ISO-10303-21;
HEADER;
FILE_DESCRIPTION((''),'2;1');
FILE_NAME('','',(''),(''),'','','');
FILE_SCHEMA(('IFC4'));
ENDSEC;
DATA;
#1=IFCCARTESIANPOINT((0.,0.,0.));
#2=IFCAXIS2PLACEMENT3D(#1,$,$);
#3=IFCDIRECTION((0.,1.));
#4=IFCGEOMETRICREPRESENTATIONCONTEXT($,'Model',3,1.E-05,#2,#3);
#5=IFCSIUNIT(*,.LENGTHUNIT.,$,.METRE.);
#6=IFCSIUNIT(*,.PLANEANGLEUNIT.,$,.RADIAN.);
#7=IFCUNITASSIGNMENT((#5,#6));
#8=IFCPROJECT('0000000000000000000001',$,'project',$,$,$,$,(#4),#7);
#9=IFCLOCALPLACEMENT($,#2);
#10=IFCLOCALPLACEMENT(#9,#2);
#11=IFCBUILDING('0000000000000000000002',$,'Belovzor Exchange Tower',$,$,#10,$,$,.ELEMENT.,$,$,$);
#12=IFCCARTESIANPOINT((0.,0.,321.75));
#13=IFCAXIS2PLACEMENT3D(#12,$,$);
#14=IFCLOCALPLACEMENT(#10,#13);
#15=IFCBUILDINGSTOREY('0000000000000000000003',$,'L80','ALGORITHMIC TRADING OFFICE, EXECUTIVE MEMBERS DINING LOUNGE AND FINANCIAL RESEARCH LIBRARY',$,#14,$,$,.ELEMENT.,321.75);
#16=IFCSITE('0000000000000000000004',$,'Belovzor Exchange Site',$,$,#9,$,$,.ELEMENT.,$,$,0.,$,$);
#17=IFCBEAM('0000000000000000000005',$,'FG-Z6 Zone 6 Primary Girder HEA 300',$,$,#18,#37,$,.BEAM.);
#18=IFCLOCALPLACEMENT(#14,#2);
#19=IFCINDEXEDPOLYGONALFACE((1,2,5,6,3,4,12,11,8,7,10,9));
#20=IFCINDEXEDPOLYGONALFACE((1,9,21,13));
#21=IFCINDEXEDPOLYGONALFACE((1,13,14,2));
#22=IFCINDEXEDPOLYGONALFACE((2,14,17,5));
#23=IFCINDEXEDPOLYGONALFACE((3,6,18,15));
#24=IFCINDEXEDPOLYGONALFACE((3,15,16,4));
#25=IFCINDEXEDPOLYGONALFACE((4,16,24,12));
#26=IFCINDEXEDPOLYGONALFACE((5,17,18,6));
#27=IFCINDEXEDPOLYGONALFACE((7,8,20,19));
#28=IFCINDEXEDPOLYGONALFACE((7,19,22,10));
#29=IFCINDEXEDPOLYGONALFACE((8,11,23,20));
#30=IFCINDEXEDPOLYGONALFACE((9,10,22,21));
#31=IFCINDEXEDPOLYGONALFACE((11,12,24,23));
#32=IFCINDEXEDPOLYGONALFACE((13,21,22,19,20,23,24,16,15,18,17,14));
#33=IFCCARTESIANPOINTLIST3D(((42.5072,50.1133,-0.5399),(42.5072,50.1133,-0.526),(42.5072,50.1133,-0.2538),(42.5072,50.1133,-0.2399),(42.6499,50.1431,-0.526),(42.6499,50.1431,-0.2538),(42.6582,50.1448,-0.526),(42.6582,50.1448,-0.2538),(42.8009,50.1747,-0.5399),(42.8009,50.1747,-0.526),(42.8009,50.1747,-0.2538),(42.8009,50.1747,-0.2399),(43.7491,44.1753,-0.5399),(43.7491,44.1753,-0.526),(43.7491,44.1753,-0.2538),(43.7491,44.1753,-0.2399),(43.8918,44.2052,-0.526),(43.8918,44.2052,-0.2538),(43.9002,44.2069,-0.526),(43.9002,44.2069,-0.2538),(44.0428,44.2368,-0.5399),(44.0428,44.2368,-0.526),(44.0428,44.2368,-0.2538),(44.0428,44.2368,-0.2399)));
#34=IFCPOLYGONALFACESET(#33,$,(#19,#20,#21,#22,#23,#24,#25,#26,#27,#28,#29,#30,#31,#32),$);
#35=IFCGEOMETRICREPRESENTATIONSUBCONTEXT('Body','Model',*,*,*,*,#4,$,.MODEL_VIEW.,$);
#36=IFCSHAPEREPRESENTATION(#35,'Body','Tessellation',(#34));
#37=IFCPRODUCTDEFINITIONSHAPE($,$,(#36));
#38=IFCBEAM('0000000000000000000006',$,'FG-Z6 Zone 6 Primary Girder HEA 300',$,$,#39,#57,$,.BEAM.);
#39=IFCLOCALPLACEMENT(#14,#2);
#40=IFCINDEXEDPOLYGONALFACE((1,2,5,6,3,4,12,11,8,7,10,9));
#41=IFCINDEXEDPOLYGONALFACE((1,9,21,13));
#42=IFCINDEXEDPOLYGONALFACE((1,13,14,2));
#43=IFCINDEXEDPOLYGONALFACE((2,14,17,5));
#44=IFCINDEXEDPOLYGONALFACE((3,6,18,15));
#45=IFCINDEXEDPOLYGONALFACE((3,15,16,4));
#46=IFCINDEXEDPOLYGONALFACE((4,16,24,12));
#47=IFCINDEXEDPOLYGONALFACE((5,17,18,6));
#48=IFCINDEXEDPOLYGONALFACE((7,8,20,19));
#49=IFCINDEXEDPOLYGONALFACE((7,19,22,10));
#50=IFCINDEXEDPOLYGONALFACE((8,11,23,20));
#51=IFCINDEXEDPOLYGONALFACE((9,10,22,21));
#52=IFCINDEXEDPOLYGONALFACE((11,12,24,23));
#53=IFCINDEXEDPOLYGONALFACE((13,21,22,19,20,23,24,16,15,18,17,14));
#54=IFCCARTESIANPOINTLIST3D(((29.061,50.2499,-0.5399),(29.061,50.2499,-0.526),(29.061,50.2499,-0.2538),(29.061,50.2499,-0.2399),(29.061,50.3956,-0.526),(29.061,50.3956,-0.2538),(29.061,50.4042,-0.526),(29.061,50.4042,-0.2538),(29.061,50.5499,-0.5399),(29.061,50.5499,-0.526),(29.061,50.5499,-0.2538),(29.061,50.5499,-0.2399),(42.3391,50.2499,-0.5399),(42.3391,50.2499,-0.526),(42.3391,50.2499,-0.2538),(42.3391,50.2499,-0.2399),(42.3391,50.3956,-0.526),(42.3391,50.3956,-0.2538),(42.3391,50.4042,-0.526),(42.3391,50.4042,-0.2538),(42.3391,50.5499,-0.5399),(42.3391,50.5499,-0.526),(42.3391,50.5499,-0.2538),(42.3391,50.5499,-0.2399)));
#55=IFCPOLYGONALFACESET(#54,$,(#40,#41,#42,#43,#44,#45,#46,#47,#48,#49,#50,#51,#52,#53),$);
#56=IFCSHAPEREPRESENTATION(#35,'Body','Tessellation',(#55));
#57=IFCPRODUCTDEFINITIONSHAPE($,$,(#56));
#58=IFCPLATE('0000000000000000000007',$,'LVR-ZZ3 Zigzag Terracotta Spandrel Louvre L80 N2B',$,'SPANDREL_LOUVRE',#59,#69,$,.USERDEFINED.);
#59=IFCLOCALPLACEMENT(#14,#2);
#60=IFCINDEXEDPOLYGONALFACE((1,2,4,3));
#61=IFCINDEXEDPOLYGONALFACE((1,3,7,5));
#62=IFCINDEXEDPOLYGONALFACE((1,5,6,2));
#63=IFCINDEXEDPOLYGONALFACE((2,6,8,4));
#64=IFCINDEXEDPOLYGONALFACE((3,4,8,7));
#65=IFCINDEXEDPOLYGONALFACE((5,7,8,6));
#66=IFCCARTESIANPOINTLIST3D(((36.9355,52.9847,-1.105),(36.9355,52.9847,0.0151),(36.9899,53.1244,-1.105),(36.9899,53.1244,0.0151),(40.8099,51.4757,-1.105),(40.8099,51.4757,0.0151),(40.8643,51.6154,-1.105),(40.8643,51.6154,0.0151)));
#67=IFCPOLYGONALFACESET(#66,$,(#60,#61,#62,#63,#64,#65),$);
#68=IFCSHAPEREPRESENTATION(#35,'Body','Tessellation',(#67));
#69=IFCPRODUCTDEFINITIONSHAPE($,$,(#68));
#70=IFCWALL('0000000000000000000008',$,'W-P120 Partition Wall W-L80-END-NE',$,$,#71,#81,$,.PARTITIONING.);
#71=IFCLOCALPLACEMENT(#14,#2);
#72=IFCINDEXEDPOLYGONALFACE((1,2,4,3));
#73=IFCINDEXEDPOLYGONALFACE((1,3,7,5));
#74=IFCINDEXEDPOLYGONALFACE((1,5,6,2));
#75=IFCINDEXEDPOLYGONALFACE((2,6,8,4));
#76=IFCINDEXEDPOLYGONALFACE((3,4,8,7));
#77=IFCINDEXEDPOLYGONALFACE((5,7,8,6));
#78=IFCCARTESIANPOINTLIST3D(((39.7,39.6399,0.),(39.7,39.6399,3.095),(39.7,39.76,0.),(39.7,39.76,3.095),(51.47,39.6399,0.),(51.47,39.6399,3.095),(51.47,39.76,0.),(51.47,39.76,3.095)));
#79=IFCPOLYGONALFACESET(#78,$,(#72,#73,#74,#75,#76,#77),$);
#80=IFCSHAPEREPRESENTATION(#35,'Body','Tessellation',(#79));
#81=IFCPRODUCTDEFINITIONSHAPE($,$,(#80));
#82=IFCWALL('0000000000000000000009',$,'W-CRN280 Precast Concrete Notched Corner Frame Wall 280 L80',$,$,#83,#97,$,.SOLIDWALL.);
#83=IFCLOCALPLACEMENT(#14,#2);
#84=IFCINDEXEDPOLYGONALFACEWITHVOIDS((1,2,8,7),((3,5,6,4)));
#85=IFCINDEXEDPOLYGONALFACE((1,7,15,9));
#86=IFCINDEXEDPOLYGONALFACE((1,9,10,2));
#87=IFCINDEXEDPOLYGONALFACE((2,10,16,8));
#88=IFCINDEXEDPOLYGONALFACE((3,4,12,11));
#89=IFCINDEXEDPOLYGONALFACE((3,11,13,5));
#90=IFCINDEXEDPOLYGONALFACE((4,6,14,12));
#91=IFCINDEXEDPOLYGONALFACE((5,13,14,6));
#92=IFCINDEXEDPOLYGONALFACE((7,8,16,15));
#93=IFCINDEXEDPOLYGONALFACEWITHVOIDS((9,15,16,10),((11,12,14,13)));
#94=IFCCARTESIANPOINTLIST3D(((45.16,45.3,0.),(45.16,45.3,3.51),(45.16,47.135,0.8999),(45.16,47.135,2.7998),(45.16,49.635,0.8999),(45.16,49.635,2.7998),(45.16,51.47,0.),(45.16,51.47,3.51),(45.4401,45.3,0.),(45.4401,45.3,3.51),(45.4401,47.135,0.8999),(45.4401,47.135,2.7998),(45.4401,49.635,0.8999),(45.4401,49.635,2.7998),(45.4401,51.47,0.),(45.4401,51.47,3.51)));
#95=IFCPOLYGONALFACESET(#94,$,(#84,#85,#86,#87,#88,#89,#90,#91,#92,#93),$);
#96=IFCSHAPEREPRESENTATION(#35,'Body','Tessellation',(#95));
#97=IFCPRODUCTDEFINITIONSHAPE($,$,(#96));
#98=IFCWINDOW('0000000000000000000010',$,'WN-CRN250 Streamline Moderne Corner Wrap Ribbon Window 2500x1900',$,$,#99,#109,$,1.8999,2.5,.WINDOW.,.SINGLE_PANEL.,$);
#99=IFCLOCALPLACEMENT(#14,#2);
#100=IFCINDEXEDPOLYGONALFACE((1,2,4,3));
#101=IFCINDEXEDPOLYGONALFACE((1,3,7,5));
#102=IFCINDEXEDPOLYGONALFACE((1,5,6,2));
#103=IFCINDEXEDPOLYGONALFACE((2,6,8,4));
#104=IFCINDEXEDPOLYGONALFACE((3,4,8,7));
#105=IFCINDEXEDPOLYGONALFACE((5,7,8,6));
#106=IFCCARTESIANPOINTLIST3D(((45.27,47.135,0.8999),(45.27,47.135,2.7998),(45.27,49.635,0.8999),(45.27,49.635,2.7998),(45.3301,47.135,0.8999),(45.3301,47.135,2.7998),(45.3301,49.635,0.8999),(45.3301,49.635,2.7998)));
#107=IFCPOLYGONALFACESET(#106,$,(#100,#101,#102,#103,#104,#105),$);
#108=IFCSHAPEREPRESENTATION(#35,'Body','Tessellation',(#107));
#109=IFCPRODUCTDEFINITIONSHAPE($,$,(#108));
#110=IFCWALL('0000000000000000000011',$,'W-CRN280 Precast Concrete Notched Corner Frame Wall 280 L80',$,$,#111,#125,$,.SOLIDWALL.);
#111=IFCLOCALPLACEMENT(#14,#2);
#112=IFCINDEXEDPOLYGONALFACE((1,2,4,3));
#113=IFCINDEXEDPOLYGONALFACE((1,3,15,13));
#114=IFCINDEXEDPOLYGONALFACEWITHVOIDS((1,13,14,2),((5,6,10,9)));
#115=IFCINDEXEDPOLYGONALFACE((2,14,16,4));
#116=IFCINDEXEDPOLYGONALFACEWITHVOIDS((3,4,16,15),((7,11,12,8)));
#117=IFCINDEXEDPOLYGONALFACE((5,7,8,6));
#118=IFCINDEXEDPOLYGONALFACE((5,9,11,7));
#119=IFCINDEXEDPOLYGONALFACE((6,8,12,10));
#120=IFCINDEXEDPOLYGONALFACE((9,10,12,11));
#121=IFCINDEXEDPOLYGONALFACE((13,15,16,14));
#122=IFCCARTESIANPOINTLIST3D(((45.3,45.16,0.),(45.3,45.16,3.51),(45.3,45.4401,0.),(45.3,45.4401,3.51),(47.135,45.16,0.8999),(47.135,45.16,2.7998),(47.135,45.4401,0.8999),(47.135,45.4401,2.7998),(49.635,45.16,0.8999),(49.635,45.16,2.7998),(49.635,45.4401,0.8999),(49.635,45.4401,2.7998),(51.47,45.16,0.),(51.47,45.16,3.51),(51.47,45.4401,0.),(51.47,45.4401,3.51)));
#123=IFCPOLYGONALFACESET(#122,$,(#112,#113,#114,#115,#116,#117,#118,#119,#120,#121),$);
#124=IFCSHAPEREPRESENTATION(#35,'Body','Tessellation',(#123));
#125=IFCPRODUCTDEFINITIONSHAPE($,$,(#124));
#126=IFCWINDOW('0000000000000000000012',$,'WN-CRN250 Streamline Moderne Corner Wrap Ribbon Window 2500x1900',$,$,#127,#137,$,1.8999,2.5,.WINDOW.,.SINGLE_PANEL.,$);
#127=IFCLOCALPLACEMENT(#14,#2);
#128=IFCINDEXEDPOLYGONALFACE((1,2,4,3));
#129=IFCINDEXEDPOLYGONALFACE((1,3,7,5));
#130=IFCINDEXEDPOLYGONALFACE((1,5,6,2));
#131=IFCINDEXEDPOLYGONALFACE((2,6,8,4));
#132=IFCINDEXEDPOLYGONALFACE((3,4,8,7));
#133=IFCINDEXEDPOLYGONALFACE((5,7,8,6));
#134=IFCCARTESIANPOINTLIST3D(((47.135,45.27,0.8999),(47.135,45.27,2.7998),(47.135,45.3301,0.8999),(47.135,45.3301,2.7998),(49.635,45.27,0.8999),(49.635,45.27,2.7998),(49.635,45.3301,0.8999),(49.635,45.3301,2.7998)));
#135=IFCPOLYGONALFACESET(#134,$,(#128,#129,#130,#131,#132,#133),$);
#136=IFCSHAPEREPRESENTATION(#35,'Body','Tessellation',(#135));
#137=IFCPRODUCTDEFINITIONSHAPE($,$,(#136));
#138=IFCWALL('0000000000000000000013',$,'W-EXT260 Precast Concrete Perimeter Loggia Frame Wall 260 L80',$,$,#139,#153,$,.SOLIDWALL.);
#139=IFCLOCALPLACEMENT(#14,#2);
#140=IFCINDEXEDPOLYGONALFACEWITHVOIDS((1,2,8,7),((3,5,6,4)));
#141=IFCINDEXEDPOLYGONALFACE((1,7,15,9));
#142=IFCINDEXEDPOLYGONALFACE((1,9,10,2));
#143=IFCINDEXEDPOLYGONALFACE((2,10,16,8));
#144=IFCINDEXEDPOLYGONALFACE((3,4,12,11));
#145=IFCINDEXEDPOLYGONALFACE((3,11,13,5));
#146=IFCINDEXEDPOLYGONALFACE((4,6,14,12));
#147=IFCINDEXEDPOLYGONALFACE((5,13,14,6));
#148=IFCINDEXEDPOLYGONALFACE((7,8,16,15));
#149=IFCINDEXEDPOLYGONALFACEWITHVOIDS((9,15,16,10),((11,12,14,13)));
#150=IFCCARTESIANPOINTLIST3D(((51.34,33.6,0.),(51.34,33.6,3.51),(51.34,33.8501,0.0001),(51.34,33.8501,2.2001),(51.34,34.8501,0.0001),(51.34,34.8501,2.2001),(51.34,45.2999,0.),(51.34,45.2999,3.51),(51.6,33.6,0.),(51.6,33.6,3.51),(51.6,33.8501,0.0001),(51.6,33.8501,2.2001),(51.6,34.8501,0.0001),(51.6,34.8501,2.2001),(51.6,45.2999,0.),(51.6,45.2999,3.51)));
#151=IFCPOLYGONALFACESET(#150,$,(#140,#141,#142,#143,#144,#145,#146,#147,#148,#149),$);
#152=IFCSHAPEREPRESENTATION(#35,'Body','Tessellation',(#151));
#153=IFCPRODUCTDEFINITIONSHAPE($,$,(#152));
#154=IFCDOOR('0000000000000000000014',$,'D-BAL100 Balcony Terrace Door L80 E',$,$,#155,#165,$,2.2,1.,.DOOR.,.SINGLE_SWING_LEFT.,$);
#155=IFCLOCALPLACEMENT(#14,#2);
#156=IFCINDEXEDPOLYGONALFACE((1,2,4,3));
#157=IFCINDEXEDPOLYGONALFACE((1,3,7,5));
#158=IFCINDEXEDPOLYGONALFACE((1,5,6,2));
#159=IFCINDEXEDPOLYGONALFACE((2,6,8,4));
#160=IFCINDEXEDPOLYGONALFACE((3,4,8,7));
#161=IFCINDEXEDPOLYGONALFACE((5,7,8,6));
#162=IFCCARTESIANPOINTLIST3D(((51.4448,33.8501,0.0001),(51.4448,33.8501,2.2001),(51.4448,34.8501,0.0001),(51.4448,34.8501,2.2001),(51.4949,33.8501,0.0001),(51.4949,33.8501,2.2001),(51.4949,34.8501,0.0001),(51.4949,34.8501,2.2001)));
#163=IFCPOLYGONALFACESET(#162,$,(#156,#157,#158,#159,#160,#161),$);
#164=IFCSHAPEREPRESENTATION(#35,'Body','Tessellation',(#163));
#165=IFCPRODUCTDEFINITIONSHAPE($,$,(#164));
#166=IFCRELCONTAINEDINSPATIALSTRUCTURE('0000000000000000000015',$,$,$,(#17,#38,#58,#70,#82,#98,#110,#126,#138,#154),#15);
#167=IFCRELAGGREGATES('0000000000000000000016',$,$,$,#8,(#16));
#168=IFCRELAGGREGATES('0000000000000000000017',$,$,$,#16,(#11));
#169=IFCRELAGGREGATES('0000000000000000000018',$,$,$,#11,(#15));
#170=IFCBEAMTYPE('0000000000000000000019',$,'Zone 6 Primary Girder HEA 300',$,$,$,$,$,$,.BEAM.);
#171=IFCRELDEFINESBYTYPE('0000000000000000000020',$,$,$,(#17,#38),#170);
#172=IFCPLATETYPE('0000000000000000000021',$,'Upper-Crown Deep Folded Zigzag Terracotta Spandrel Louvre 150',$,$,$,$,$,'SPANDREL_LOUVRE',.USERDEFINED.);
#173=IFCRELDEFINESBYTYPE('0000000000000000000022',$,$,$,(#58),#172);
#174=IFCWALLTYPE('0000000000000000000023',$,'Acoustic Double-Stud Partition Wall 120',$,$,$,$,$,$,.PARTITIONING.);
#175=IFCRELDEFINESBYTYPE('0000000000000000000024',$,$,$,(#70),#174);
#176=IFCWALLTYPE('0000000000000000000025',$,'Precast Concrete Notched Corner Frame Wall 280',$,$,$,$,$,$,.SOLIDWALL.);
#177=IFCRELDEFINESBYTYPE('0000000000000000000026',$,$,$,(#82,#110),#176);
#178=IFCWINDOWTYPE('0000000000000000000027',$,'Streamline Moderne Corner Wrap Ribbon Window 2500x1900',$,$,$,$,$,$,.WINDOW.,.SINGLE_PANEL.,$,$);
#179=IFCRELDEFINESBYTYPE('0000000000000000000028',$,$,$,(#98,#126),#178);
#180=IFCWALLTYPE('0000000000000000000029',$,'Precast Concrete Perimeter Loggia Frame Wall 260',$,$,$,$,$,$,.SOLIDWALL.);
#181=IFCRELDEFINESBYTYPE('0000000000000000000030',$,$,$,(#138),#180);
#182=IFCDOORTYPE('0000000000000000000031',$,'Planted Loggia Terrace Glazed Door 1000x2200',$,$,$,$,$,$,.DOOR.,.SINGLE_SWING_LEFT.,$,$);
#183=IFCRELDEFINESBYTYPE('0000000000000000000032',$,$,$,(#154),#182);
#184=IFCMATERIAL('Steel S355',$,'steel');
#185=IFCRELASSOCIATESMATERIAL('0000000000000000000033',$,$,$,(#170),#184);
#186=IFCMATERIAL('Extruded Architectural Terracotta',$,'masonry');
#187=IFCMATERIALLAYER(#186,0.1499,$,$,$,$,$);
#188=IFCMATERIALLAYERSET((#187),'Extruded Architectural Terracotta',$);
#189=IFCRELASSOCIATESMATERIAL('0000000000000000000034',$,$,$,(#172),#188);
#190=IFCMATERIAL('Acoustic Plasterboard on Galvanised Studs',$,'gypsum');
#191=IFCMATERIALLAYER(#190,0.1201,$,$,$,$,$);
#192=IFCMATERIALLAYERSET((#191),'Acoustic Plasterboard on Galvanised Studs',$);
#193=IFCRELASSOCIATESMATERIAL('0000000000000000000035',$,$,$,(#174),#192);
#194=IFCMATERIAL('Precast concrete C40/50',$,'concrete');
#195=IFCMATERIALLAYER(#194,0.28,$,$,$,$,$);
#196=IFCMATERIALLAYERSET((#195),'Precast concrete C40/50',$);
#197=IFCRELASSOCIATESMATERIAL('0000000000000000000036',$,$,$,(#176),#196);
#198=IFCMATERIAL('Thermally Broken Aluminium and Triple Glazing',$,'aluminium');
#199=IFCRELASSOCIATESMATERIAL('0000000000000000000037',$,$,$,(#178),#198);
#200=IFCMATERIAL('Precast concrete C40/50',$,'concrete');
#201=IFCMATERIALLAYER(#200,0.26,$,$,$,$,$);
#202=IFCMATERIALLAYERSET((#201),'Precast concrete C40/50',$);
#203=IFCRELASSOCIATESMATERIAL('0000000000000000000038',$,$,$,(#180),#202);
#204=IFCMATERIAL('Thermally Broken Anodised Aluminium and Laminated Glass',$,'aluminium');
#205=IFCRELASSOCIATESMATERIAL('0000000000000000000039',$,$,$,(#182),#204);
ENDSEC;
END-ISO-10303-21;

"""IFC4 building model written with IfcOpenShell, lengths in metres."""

from ifc_helpers import new_model, si_unit, direction, frame, frame_2d, origin, origin_2d, place, context, subcontext, project, spatial, rectangle, i_section, extrude, material, layer, layer_set, material_profile, profile_set, type_object, element, fill, save


model = new_model("IFC4")

# Units and contexts
model_context = context("Model", 3, precision=1e-05, world=origin(), true_north=direction((0.0, 1.0)))
body_context = subcontext(model_context, "Body", "Model", "MODEL_VIEW")
ifc_project = project(units=[si_unit("LENGTHUNIT", "METRE"), si_unit("PLANEANGLEUNIT", "RADIAN")], contexts=[model_context])

# Site, building, storey
site_placement = place(None, origin())
site = spatial("IfcSite", under=ifc_project, at=site_placement, Name="Belovzor Exchange Site", CompositionType="ELEMENT", RefElevation=0.0)
building_placement = place(site_placement, origin())
building = spatial("IfcBuilding", under=site, at=building_placement, Name="Belovzor Exchange Tower", CompositionType="ELEMENT")
storey_placement = place(building_placement, frame((0.0, 0.0, 321.75)))
storey = spatial("IfcBuildingStorey", under=building, at=storey_placement, Name="L80", Description="ALGORITHMIC TRADING OFFICE, EXECUTIVE MEMBERS DINING LOUNGE AND FINANCIAL RESEARCH LIBRARY", CompositionType="ELEMENT", Elevation=321.75)

# Beams
ifc_material_1 = material(Name="Steel S355", Category="steel")
ifc_material_profile_1 = material_profile(ifc_material_1, i_section(OverallWidth=0.3, OverallDepth=0.3, WebThickness=0.0085, FlangeThickness=0.0139, at=origin_2d()))
ifc_profile_set_1 = profile_set([ifc_material_profile_1], Name="Steel S355")
beam_type_1 = type_object("IfcBeamType", Name="Zone 6 Primary Girder HEA 300", PredefinedType="BEAM", material=ifc_profile_set_1)
for number, where, z_axis, x_axis, name in (
    (1, (43.896, 44.2061, -0.3899), (-0.204722, 0.97882, 0.0), (-0.97882, -0.204722, 0.0), "FG-Z6 Zone 6 Primary Girder HEA 300"),
):
    element("IfcBeam", number, at=place(storey_placement, frame(where, z_axis=z_axis, x_axis=x_axis)), inside=storey, type_object=beam_type_1, Name=name, PredefinedType="BEAM", context=body_context, shape_type="SweptSolid", body=[
        extrude(i_section(OverallWidth=0.3, OverallDepth=0.3, WebThickness=0.0085, FlangeThickness=0.0139, at=origin_2d()), origin(), (0.0, 0.0, 1.0), 6.0664),
    ])
beam_1_placement = place(storey_placement, frame((42.3391, 50.3999, -0.3899), z_axis=(-1.0, 0.0, 0.0), x_axis=(0.0, -1.0, 0.0)))
element("IfcBeam", 2, at=beam_1_placement, inside=storey, type_object=beam_type_1, Name="FG-Z6 Zone 6 Primary Girder HEA 300", PredefinedType="BEAM", context=body_context, shape_type="SweptSolid", body=[
    extrude(i_section(OverallWidth=0.3, OverallDepth=0.3, WebThickness=0.0085, FlangeThickness=0.0139, at=origin_2d()), origin(), (0.0, 0.0, 1.0), 13.2781),
])

# Plate
ifc_material_2 = material(Name="Extruded Architectural Terracotta", Category="masonry")
ifc_layer_1 = layer(ifc_material_2, 0.1499)
ifc_layer_set_1 = layer_set([ifc_layer_1], Name="Extruded Architectural Terracotta")
plate_type = type_object("IfcPlateType", Name="Upper-Crown Deep Folded Zigzag Terracotta Spandrel Louvre 150", ElementType="SPANDREL_LOUVRE", PredefinedType="USERDEFINED", material=ifc_layer_set_1)
plate_placement = place(storey_placement, frame((38.8999, 52.3, -1.105), z_axis=(0.0, 0.0, 1.0), x_axis=(0.931818, -0.362926, 0.0)))
element("IfcPlate", 3, at=plate_placement, inside=storey, type_object=plate_type, Name="LVR-ZZ3 Zigzag Terracotta Spandrel Louvre L80 N2B", ObjectType="SPANDREL_LOUVRE", PredefinedType="USERDEFINED", context=body_context, shape_type="SweptSolid", body=[
    extrude(rectangle(XDim=4.158, YDim=0.1499, at=origin_2d()), origin(), (0.0, 0.0, 1.0), 1.1201),
])

# Wall
ifc_material_3 = material(Name="Acoustic Plasterboard on Galvanised Studs", Category="gypsum")
ifc_layer_2 = layer(ifc_material_3, 0.1201)
ifc_layer_set_2 = layer_set([ifc_layer_2], Name="Acoustic Plasterboard on Galvanised Studs")
wall_type_1 = type_object("IfcWallType", Name="Acoustic Double-Stud Partition Wall 120", PredefinedType="PARTITIONING", material=ifc_layer_set_2)
wall_1_placement = place(storey_placement, frame((39.7, 39.7, 0.0), z_axis=(0.0, 0.0, 1.0), x_axis=(1.0, 0.0, 0.0)))
element("IfcWall", 4, at=wall_1_placement, inside=storey, type_object=wall_type_1, Name="W-P120 Partition Wall W-L80-END-NE", PredefinedType="PARTITIONING", context=body_context, shape_type="SweptSolid", body=[
    extrude(rectangle(XDim=11.77, YDim=0.1201, at=frame_2d((5.885, 0.0))), origin(), (0.0, 0.0, 1.0), 3.095),
])

# Walls, openings, windows
ifc_material_4 = material(Name="Precast concrete C40/50", Category="concrete")
ifc_layer_3 = layer(ifc_material_4, 0.28)
ifc_layer_set_3 = layer_set([ifc_layer_3], Name="Precast concrete C40/50")
wall_type_2 = type_object("IfcWallType", Name="Precast Concrete Notched Corner Frame Wall 280", PredefinedType="SOLIDWALL", material=ifc_layer_set_3)
wall_2_placement = place(storey_placement, frame((45.3, 51.47, 0.0), z_axis=(0.0, 0.0, 1.0), x_axis=(0.0, -1.0, 0.0)))
wall_2 = element("IfcWall", 5, at=wall_2_placement, inside=storey, type_object=wall_type_2, Name="W-CRN280 Precast Concrete Notched Corner Frame Wall 280 L80", PredefinedType="SOLIDWALL", context=body_context, shape_type="SweptSolid", body=[
    extrude(rectangle(XDim=6.1699, YDim=0.28, at=frame_2d((3.085, 0.0))), origin(), (0.0, 0.0, 1.0), 3.51),
])
opening_1_placement = place(wall_2_placement, frame((1.835, 0.0, 0.8999)))
opening_1 = element("IfcOpeningElement", 6, at=opening_1_placement, cuts=wall_2, PredefinedType="OPENING", context=body_context, shape_type="SweptSolid", body=[
    extrude(rectangle(XDim=2.5, YDim=1.8999, at=frame_2d((1.25, 0.95))), frame((0.0, 0.1499, 0.0), z_axis=(0.0, -1.0, 0.0), x_axis=(1.0, 0.0, 0.0)), (0.0, 0.0, 1.0), 0.3),
])
ifc_material_5 = material(Name="Thermally Broken Aluminium and Triple Glazing", Category="aluminium")
window_type = type_object("IfcWindowType", Name="Streamline Moderne Corner Wrap Ribbon Window 2500x1900", PartitioningType="SINGLE_PANEL", PredefinedType="WINDOW", material=ifc_material_5)
window_1_placement = place(opening_1_placement, origin())
window_1 = element("IfcWindow", 7, at=window_1_placement, inside=storey, type_object=window_type, Name="WN-CRN250 Streamline Moderne Corner Wrap Ribbon Window 2500x1900", OverallHeight=1.8999, OverallWidth=2.5, PartitioningType="SINGLE_PANEL", PredefinedType="WINDOW", context=body_context, shape_type="SweptSolid", body=[
    extrude(rectangle(XDim=2.5, YDim=1.8999, at=frame_2d((1.25, 0.95))), frame((0.0, 0.03, 0.0), z_axis=(0.0, -1.0, 0.0), x_axis=(1.0, 0.0, 0.0)), (0.0, 0.0, 1.0), 0.0601),
])
fill(opening_1, window_1)
wall_3_placement = place(storey_placement, frame((45.3, 45.3, 0.0), z_axis=(0.0, 0.0, 1.0), x_axis=(1.0, 0.0, 0.0)))
wall_3 = element("IfcWall", 8, at=wall_3_placement, inside=storey, type_object=wall_type_2, Name="W-CRN280 Precast Concrete Notched Corner Frame Wall 280 L80", PredefinedType="SOLIDWALL", context=body_context, shape_type="SweptSolid", body=[
    extrude(rectangle(XDim=6.1699, YDim=0.28, at=frame_2d((3.085, 0.0))), origin(), (0.0, 0.0, 1.0), 3.51),
])
opening_2_placement = place(wall_3_placement, frame((1.835, 0.0, 0.8999)))
opening_2 = element("IfcOpeningElement", 9, at=opening_2_placement, cuts=wall_3, PredefinedType="OPENING", context=body_context, shape_type="SweptSolid", body=[
    extrude(rectangle(XDim=2.5, YDim=1.8999, at=frame_2d((1.25, 0.95))), frame((0.0, 0.1499, 0.0), z_axis=(0.0, -1.0, 0.0), x_axis=(1.0, 0.0, 0.0)), (0.0, 0.0, 1.0), 0.3),
])
window_2_placement = place(opening_2_placement, origin())
window_2 = element("IfcWindow", 10, at=window_2_placement, inside=storey, type_object=window_type, Name="WN-CRN250 Streamline Moderne Corner Wrap Ribbon Window 2500x1900", OverallHeight=1.8999, OverallWidth=2.5, PartitioningType="SINGLE_PANEL", PredefinedType="WINDOW", context=body_context, shape_type="SweptSolid", body=[
    extrude(rectangle(XDim=2.5, YDim=1.8999, at=frame_2d((1.25, 0.95))), frame((0.0, 0.03, 0.0), z_axis=(0.0, -1.0, 0.0), x_axis=(1.0, 0.0, 0.0)), (0.0, 0.0, 1.0), 0.0601),
])
fill(opening_2, window_2)

# Wall, opening, door
ifc_material_6 = material(Name="Precast concrete C40/50", Category="concrete")
ifc_layer_4 = layer(ifc_material_6, 0.26)
ifc_layer_set_4 = layer_set([ifc_layer_4], Name="Precast concrete C40/50")
wall_type_3 = type_object("IfcWallType", Name="Precast Concrete Perimeter Loggia Frame Wall 260", PredefinedType="SOLIDWALL", material=ifc_layer_set_4)
wall_4_placement = place(storey_placement, frame((51.47, 45.3, 0.0), z_axis=(0.0, 0.0, 1.0), x_axis=(0.0, -1.0, 0.0)))
wall_4 = element("IfcWall", 11, at=wall_4_placement, inside=storey, type_object=wall_type_3, Name="W-EXT260 Precast Concrete Perimeter Loggia Frame Wall 260 L80", PredefinedType="SOLIDWALL", context=body_context, shape_type="SweptSolid", body=[
    extrude(rectangle(XDim=11.7, YDim=0.26, at=frame_2d((5.8501, 0.0))), origin(), (0.0, 0.0, 1.0), 3.51),
])
opening_3_placement = place(wall_4_placement, frame((10.45, 0.0, 0.0)))
opening_3 = element("IfcOpeningElement", 12, at=opening_3_placement, cuts=wall_4, PredefinedType="OPENING", context=body_context, shape_type="SweptSolid", body=[
    extrude(rectangle(XDim=1.0, YDim=2.2, at=frame_2d((0.5, 1.1001))), frame((0.0, 0.1399, 0.0), z_axis=(0.0, -1.0, 0.0), x_axis=(1.0, 0.0, 0.0)), (0.0, 0.0, 1.0), 0.28),
])
ifc_material_7 = material(Name="Thermally Broken Anodised Aluminium and Laminated Glass", Category="aluminium")
door_type = type_object("IfcDoorType", Name="Planted Loggia Terrace Glazed Door 1000x2200", OperationType="SINGLE_SWING_LEFT", PredefinedType="DOOR", material=ifc_material_7)
door_placement = place(opening_3_placement, origin())
door = element("IfcDoor", 13, at=door_placement, inside=storey, type_object=door_type, Name="D-BAL100 Balcony Terrace Door L80 E", OperationType="SINGLE_SWING_LEFT", OverallHeight=2.2, OverallWidth=1.0, PredefinedType="DOOR", context=body_context, shape_type="SweptSolid", body=[
    extrude(rectangle(XDim=1.0, YDim=2.2, at=frame_2d((0.5, 1.1001))), frame((0.0, 0.0249, 0.0), z_axis=(0.0, -1.0, 0.0), x_axis=(1.0, 0.0, 0.0)), (0.0, 0.0, 1.0), 0.05),
])
fill(opening_3, door)

save(model, "model.ifc")
